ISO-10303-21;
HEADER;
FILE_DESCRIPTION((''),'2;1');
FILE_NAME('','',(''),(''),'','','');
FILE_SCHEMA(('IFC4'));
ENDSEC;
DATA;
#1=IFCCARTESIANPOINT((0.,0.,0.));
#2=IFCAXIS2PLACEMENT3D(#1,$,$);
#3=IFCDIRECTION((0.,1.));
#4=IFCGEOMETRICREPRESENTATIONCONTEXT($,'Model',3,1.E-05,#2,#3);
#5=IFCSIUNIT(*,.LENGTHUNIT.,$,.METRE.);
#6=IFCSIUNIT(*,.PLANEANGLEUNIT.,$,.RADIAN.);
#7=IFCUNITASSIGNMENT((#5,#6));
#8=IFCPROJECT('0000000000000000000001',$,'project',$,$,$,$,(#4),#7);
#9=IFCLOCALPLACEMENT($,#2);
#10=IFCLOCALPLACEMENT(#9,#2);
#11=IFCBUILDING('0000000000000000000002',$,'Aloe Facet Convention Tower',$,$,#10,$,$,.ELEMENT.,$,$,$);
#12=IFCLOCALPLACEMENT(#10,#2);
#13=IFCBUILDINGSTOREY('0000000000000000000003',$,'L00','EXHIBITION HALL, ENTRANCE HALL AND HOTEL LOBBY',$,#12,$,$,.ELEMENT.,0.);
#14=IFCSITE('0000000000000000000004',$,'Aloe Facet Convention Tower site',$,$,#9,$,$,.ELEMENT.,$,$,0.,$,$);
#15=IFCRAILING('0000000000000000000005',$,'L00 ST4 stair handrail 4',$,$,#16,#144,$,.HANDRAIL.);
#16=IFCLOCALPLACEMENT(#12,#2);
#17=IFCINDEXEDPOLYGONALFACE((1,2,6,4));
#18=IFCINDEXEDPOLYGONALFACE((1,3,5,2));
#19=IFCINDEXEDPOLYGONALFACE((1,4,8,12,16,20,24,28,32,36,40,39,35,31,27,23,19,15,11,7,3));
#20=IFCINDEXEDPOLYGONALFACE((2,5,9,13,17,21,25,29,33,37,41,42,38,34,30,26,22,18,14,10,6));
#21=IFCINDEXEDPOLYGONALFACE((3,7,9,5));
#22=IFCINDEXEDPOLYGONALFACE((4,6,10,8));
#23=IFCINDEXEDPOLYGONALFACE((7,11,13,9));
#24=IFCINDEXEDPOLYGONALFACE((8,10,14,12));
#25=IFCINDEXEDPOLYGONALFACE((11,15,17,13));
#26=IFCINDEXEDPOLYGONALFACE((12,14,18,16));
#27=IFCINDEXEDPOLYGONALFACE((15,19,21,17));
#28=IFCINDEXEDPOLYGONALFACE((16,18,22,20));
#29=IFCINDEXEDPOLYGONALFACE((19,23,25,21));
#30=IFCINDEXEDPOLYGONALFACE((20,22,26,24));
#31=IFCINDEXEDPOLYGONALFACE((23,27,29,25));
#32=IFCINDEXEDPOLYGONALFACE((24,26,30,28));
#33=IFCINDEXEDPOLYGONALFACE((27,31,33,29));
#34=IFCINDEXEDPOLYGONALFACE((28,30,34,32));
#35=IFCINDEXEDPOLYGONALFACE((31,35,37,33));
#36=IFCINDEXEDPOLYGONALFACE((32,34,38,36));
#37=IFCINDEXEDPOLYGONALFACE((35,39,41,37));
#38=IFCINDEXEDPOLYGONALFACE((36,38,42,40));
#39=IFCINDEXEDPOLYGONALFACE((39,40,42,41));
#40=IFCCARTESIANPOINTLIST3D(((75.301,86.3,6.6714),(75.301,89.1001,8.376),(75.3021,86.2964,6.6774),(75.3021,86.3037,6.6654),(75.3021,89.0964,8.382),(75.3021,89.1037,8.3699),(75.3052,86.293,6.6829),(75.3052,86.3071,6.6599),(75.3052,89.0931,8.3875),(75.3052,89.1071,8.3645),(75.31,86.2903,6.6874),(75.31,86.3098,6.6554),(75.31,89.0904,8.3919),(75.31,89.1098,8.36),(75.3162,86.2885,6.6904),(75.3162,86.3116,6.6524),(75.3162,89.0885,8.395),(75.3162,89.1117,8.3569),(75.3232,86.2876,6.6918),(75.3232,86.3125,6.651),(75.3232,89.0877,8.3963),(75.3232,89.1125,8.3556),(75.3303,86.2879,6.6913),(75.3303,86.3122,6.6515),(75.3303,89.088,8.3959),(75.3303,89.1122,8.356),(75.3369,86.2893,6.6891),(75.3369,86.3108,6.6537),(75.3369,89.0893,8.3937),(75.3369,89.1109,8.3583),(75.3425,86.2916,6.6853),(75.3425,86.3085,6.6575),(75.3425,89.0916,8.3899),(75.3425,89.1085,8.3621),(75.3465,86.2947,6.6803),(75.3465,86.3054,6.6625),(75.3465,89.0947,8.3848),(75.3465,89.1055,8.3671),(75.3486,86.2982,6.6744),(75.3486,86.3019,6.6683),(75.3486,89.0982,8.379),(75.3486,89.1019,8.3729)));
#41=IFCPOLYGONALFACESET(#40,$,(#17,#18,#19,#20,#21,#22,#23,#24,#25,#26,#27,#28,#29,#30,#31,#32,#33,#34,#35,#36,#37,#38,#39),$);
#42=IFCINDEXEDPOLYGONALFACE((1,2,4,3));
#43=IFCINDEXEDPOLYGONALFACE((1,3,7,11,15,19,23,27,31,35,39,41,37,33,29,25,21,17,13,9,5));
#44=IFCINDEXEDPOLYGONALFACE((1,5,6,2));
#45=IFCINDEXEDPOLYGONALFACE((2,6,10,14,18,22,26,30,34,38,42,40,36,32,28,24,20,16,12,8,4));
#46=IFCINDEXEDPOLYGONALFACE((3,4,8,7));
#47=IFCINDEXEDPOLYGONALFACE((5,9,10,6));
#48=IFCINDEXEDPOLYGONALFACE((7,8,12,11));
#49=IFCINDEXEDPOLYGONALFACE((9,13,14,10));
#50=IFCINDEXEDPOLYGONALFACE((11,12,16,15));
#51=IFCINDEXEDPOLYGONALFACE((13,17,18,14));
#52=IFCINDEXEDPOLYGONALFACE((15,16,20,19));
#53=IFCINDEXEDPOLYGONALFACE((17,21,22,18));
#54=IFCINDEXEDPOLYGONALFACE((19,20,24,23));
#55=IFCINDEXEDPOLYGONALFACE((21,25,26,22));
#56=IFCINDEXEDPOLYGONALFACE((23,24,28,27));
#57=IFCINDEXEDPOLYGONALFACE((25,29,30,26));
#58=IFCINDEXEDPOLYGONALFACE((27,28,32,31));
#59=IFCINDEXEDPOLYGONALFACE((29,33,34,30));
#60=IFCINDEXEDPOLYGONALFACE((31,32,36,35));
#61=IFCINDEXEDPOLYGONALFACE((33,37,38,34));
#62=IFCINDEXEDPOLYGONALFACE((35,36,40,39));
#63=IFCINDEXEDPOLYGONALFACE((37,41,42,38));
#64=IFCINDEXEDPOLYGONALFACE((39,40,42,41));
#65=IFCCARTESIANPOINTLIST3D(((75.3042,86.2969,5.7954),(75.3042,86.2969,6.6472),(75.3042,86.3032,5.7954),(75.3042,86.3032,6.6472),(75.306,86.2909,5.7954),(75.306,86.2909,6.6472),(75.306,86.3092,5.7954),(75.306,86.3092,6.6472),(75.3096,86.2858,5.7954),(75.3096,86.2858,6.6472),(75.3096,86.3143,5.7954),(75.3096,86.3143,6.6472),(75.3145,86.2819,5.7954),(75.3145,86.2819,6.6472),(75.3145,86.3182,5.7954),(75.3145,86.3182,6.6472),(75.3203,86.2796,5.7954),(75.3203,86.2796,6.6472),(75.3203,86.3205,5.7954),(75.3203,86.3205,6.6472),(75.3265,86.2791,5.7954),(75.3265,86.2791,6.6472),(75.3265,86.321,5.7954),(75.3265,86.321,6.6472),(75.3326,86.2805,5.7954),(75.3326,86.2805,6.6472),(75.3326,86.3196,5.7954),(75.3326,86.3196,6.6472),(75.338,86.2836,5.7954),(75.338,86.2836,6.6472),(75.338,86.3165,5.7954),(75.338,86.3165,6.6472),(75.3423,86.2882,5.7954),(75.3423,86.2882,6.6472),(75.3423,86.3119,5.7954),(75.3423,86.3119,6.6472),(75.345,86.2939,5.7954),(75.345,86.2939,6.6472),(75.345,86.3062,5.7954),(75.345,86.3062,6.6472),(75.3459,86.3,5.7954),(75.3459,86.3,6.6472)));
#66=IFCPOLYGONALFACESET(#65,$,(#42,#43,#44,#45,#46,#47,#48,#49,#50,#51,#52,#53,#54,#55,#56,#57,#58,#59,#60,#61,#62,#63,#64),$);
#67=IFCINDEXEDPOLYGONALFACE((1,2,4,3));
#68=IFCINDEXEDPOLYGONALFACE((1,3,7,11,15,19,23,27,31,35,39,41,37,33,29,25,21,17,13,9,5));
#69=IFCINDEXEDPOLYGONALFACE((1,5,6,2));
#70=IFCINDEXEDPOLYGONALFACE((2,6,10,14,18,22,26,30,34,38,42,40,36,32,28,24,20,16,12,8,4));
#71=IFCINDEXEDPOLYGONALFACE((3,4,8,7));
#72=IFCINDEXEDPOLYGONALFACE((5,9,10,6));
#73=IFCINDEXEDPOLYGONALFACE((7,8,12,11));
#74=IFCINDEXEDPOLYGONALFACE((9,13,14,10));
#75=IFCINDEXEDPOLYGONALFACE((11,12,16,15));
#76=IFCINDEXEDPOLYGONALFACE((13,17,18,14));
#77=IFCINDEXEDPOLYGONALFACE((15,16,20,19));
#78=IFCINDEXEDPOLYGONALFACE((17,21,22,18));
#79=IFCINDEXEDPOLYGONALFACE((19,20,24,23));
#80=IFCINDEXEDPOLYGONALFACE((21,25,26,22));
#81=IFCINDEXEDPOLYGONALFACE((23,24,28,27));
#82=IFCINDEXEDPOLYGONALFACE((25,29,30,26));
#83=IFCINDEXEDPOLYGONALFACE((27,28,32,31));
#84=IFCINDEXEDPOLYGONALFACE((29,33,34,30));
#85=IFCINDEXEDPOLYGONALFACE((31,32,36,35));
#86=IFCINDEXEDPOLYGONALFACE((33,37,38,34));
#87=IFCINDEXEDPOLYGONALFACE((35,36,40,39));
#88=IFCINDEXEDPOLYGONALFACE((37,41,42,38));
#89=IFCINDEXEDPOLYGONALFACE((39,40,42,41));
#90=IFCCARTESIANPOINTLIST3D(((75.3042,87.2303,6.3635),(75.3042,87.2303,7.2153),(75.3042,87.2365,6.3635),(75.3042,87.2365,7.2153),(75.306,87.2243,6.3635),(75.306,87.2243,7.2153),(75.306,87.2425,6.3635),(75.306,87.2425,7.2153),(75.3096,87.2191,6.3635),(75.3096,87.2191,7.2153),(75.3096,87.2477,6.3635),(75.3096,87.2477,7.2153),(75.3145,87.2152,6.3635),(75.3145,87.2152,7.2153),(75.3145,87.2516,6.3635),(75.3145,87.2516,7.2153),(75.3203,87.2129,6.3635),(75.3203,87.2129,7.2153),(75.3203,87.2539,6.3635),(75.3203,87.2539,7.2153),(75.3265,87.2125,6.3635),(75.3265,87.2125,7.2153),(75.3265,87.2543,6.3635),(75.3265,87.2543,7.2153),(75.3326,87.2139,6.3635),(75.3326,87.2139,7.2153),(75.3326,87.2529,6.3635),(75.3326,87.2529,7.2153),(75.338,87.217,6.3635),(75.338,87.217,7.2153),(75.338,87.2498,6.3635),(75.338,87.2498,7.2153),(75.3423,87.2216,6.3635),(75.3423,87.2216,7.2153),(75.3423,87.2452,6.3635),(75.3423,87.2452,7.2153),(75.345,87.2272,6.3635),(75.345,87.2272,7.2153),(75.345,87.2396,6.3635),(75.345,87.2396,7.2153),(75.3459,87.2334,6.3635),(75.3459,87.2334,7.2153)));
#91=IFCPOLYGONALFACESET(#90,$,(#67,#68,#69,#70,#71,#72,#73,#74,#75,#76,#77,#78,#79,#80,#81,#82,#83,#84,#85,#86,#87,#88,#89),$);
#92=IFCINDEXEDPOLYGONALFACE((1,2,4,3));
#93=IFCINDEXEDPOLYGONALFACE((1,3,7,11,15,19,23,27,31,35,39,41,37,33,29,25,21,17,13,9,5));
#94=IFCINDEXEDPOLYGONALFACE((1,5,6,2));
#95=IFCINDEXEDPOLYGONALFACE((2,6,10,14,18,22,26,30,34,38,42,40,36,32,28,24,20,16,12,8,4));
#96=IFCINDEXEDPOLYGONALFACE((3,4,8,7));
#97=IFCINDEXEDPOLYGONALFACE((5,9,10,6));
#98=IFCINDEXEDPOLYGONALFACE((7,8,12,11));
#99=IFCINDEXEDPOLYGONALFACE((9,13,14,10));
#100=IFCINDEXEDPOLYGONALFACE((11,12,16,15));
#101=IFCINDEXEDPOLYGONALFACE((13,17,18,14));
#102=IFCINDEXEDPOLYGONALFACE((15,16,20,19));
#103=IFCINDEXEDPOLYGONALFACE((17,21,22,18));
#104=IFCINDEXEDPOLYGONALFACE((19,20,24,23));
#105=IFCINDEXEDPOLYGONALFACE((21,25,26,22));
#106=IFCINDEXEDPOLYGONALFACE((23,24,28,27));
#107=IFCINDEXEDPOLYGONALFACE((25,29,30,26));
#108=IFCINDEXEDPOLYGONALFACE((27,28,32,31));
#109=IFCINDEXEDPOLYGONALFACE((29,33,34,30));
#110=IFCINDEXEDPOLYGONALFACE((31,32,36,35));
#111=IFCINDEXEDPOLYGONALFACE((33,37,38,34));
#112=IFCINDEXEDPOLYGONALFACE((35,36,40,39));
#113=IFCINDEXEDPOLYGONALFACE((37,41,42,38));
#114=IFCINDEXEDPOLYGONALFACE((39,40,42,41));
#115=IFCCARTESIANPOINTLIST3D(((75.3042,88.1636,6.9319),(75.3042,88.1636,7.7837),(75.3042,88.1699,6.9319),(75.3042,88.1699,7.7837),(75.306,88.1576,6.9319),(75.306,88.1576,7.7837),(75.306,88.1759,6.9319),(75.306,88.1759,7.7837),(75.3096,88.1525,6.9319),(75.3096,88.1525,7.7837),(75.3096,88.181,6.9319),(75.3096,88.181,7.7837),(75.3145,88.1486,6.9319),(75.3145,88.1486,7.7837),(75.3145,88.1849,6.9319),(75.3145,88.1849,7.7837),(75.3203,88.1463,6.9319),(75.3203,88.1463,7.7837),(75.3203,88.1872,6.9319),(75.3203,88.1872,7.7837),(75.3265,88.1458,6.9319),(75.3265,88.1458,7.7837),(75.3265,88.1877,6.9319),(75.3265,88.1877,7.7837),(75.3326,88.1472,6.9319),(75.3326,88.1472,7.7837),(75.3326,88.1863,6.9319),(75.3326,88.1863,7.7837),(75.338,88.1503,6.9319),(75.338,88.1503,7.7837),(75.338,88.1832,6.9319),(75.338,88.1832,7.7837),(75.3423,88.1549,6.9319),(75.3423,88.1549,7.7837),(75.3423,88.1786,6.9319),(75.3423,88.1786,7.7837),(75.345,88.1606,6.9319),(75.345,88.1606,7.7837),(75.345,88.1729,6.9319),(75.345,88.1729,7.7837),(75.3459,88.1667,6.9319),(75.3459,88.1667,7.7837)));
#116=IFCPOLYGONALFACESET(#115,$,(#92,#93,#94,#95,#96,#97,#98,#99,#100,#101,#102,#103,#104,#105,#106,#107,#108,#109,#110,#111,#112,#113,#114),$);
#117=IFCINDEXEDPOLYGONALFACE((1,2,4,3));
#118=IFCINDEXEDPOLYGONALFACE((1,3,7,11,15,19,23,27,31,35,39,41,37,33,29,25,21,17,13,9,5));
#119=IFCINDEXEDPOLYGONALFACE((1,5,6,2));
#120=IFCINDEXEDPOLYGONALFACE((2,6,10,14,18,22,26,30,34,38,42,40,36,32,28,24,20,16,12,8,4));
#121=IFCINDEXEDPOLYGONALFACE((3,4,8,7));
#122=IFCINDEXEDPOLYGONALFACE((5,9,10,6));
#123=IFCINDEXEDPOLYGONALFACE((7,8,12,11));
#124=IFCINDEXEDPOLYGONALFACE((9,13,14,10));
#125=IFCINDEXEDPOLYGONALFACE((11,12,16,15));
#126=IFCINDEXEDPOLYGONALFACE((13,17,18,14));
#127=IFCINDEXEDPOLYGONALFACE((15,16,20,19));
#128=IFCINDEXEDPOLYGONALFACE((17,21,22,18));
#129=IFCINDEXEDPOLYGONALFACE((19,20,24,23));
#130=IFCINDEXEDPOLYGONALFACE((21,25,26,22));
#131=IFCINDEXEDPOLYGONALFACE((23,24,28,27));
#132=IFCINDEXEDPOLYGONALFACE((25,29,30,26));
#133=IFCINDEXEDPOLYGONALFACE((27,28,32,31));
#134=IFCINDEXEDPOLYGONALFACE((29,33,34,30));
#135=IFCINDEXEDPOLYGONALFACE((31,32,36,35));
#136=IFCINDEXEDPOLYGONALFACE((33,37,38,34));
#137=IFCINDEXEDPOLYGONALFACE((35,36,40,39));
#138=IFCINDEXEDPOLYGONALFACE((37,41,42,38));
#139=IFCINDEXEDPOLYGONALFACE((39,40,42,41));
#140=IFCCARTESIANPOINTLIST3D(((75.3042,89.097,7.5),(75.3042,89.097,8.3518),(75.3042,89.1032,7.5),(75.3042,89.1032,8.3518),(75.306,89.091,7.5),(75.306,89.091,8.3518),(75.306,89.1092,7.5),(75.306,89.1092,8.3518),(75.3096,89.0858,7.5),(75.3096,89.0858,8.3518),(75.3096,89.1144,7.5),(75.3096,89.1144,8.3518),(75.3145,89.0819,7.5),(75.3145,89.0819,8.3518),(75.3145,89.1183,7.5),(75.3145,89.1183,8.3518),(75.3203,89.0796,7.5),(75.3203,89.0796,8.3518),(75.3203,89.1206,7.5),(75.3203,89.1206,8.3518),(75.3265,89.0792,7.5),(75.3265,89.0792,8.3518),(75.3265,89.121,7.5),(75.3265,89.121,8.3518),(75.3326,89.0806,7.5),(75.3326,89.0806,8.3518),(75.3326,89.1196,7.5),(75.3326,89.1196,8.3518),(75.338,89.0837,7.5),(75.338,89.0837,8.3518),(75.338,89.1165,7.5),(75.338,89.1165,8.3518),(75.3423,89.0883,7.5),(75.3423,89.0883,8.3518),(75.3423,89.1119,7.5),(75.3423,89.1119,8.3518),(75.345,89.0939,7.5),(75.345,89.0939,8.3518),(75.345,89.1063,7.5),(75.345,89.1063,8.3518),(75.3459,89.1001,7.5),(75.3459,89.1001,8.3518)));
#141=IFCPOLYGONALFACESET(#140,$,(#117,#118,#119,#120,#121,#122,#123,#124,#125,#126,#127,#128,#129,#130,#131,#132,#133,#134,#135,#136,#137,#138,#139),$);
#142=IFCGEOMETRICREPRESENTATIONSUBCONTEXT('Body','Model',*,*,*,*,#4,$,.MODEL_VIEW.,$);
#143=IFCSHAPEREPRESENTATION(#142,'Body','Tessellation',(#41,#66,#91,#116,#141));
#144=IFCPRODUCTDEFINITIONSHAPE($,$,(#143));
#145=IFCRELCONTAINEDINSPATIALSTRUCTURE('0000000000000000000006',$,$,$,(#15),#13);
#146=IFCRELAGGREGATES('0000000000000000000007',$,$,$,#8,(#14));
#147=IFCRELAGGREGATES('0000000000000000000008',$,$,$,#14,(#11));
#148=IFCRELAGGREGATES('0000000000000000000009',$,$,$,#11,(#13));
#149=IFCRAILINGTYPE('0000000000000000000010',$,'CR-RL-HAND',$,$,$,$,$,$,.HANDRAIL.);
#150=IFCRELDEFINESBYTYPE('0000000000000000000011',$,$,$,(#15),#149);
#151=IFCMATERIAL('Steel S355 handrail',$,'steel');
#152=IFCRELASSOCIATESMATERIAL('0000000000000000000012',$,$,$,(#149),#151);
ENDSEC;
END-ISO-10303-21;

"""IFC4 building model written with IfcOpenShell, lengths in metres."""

from ifc_helpers import new_model, si_unit, direction, frame, origin, origin_2d, place, context, subcontext, project, spatial, circle, extrude, material, type_object, element, save


model = new_model("IFC4")

# Units and contexts
model_context = context("Model", 3, precision=1e-05, world=origin(), true_north=direction((0.0, 1.0)))
body_context = subcontext(model_context, "Body", "Model", "MODEL_VIEW")
ifc_project = project(units=[si_unit("LENGTHUNIT", "METRE"), si_unit("PLANEANGLEUNIT", "RADIAN")], contexts=[model_context])

# Site, building, storey
site_placement = place(None, origin())
site = spatial("IfcSite", under=ifc_project, at=site_placement, Name="Aloe Facet Convention Tower site", CompositionType="ELEMENT", RefElevation=0.0)
building_placement = place(site_placement, origin())
building = spatial("IfcBuilding", under=site, at=building_placement, Name="Aloe Facet Convention Tower", CompositionType="ELEMENT")
storey_placement = place(building_placement, origin())
storey = spatial("IfcBuildingStorey", under=building, at=storey_placement, Name="L00", Description="EXHIBITION HALL, ENTRANCE HALL AND HOTEL LOBBY", CompositionType="ELEMENT", Elevation=0.0)

# Railing
ifc_material_1 = material(Name="Steel S355 handrail", Category="steel")
railing_type_1 = type_object("IfcRailingType", Name="CR-RL-HAND", PredefinedType="HANDRAIL", material=ifc_material_1)
railing_1_placement = place(storey_placement, frame((75.325, 86.3, 5.7954)))
element("IfcRailing", 1, at=railing_1_placement, inside=storey, type_object=railing_type_1, Name="L00 ST4 stair handrail 4", PredefinedType="HANDRAIL", context=body_context, shape_type="SweptSolid", body=[
    extrude(circle(Radius=0.0239, at=origin_2d()), frame((0.0, 0.0, 0.876), z_axis=(0.0, 0.85417, 0.519994), x_axis=(-1.0, 0.0, 0.0)), (0.0, 0.0, 1.0), 3.2781),
    extrude(circle(Radius=0.021, at=origin_2d()), origin(), (0.0, 0.0, 1.0), 0.8518),
    extrude(circle(Radius=0.021, at=origin_2d()), frame((0.0, 0.9333, 0.5681)), (0.0, 0.0, 1.0), 0.8518),
    extrude(circle(Radius=0.021, at=origin_2d()), frame((0.0, 1.8667, 1.1365)), (0.0, 0.0, 1.0), 0.8518),
    extrude(circle(Radius=0.021, at=origin_2d()), frame((0.0, 2.8, 1.7046)), (0.0, 0.0, 1.0), 0.8518),
])

save(model, "model.ifc")
